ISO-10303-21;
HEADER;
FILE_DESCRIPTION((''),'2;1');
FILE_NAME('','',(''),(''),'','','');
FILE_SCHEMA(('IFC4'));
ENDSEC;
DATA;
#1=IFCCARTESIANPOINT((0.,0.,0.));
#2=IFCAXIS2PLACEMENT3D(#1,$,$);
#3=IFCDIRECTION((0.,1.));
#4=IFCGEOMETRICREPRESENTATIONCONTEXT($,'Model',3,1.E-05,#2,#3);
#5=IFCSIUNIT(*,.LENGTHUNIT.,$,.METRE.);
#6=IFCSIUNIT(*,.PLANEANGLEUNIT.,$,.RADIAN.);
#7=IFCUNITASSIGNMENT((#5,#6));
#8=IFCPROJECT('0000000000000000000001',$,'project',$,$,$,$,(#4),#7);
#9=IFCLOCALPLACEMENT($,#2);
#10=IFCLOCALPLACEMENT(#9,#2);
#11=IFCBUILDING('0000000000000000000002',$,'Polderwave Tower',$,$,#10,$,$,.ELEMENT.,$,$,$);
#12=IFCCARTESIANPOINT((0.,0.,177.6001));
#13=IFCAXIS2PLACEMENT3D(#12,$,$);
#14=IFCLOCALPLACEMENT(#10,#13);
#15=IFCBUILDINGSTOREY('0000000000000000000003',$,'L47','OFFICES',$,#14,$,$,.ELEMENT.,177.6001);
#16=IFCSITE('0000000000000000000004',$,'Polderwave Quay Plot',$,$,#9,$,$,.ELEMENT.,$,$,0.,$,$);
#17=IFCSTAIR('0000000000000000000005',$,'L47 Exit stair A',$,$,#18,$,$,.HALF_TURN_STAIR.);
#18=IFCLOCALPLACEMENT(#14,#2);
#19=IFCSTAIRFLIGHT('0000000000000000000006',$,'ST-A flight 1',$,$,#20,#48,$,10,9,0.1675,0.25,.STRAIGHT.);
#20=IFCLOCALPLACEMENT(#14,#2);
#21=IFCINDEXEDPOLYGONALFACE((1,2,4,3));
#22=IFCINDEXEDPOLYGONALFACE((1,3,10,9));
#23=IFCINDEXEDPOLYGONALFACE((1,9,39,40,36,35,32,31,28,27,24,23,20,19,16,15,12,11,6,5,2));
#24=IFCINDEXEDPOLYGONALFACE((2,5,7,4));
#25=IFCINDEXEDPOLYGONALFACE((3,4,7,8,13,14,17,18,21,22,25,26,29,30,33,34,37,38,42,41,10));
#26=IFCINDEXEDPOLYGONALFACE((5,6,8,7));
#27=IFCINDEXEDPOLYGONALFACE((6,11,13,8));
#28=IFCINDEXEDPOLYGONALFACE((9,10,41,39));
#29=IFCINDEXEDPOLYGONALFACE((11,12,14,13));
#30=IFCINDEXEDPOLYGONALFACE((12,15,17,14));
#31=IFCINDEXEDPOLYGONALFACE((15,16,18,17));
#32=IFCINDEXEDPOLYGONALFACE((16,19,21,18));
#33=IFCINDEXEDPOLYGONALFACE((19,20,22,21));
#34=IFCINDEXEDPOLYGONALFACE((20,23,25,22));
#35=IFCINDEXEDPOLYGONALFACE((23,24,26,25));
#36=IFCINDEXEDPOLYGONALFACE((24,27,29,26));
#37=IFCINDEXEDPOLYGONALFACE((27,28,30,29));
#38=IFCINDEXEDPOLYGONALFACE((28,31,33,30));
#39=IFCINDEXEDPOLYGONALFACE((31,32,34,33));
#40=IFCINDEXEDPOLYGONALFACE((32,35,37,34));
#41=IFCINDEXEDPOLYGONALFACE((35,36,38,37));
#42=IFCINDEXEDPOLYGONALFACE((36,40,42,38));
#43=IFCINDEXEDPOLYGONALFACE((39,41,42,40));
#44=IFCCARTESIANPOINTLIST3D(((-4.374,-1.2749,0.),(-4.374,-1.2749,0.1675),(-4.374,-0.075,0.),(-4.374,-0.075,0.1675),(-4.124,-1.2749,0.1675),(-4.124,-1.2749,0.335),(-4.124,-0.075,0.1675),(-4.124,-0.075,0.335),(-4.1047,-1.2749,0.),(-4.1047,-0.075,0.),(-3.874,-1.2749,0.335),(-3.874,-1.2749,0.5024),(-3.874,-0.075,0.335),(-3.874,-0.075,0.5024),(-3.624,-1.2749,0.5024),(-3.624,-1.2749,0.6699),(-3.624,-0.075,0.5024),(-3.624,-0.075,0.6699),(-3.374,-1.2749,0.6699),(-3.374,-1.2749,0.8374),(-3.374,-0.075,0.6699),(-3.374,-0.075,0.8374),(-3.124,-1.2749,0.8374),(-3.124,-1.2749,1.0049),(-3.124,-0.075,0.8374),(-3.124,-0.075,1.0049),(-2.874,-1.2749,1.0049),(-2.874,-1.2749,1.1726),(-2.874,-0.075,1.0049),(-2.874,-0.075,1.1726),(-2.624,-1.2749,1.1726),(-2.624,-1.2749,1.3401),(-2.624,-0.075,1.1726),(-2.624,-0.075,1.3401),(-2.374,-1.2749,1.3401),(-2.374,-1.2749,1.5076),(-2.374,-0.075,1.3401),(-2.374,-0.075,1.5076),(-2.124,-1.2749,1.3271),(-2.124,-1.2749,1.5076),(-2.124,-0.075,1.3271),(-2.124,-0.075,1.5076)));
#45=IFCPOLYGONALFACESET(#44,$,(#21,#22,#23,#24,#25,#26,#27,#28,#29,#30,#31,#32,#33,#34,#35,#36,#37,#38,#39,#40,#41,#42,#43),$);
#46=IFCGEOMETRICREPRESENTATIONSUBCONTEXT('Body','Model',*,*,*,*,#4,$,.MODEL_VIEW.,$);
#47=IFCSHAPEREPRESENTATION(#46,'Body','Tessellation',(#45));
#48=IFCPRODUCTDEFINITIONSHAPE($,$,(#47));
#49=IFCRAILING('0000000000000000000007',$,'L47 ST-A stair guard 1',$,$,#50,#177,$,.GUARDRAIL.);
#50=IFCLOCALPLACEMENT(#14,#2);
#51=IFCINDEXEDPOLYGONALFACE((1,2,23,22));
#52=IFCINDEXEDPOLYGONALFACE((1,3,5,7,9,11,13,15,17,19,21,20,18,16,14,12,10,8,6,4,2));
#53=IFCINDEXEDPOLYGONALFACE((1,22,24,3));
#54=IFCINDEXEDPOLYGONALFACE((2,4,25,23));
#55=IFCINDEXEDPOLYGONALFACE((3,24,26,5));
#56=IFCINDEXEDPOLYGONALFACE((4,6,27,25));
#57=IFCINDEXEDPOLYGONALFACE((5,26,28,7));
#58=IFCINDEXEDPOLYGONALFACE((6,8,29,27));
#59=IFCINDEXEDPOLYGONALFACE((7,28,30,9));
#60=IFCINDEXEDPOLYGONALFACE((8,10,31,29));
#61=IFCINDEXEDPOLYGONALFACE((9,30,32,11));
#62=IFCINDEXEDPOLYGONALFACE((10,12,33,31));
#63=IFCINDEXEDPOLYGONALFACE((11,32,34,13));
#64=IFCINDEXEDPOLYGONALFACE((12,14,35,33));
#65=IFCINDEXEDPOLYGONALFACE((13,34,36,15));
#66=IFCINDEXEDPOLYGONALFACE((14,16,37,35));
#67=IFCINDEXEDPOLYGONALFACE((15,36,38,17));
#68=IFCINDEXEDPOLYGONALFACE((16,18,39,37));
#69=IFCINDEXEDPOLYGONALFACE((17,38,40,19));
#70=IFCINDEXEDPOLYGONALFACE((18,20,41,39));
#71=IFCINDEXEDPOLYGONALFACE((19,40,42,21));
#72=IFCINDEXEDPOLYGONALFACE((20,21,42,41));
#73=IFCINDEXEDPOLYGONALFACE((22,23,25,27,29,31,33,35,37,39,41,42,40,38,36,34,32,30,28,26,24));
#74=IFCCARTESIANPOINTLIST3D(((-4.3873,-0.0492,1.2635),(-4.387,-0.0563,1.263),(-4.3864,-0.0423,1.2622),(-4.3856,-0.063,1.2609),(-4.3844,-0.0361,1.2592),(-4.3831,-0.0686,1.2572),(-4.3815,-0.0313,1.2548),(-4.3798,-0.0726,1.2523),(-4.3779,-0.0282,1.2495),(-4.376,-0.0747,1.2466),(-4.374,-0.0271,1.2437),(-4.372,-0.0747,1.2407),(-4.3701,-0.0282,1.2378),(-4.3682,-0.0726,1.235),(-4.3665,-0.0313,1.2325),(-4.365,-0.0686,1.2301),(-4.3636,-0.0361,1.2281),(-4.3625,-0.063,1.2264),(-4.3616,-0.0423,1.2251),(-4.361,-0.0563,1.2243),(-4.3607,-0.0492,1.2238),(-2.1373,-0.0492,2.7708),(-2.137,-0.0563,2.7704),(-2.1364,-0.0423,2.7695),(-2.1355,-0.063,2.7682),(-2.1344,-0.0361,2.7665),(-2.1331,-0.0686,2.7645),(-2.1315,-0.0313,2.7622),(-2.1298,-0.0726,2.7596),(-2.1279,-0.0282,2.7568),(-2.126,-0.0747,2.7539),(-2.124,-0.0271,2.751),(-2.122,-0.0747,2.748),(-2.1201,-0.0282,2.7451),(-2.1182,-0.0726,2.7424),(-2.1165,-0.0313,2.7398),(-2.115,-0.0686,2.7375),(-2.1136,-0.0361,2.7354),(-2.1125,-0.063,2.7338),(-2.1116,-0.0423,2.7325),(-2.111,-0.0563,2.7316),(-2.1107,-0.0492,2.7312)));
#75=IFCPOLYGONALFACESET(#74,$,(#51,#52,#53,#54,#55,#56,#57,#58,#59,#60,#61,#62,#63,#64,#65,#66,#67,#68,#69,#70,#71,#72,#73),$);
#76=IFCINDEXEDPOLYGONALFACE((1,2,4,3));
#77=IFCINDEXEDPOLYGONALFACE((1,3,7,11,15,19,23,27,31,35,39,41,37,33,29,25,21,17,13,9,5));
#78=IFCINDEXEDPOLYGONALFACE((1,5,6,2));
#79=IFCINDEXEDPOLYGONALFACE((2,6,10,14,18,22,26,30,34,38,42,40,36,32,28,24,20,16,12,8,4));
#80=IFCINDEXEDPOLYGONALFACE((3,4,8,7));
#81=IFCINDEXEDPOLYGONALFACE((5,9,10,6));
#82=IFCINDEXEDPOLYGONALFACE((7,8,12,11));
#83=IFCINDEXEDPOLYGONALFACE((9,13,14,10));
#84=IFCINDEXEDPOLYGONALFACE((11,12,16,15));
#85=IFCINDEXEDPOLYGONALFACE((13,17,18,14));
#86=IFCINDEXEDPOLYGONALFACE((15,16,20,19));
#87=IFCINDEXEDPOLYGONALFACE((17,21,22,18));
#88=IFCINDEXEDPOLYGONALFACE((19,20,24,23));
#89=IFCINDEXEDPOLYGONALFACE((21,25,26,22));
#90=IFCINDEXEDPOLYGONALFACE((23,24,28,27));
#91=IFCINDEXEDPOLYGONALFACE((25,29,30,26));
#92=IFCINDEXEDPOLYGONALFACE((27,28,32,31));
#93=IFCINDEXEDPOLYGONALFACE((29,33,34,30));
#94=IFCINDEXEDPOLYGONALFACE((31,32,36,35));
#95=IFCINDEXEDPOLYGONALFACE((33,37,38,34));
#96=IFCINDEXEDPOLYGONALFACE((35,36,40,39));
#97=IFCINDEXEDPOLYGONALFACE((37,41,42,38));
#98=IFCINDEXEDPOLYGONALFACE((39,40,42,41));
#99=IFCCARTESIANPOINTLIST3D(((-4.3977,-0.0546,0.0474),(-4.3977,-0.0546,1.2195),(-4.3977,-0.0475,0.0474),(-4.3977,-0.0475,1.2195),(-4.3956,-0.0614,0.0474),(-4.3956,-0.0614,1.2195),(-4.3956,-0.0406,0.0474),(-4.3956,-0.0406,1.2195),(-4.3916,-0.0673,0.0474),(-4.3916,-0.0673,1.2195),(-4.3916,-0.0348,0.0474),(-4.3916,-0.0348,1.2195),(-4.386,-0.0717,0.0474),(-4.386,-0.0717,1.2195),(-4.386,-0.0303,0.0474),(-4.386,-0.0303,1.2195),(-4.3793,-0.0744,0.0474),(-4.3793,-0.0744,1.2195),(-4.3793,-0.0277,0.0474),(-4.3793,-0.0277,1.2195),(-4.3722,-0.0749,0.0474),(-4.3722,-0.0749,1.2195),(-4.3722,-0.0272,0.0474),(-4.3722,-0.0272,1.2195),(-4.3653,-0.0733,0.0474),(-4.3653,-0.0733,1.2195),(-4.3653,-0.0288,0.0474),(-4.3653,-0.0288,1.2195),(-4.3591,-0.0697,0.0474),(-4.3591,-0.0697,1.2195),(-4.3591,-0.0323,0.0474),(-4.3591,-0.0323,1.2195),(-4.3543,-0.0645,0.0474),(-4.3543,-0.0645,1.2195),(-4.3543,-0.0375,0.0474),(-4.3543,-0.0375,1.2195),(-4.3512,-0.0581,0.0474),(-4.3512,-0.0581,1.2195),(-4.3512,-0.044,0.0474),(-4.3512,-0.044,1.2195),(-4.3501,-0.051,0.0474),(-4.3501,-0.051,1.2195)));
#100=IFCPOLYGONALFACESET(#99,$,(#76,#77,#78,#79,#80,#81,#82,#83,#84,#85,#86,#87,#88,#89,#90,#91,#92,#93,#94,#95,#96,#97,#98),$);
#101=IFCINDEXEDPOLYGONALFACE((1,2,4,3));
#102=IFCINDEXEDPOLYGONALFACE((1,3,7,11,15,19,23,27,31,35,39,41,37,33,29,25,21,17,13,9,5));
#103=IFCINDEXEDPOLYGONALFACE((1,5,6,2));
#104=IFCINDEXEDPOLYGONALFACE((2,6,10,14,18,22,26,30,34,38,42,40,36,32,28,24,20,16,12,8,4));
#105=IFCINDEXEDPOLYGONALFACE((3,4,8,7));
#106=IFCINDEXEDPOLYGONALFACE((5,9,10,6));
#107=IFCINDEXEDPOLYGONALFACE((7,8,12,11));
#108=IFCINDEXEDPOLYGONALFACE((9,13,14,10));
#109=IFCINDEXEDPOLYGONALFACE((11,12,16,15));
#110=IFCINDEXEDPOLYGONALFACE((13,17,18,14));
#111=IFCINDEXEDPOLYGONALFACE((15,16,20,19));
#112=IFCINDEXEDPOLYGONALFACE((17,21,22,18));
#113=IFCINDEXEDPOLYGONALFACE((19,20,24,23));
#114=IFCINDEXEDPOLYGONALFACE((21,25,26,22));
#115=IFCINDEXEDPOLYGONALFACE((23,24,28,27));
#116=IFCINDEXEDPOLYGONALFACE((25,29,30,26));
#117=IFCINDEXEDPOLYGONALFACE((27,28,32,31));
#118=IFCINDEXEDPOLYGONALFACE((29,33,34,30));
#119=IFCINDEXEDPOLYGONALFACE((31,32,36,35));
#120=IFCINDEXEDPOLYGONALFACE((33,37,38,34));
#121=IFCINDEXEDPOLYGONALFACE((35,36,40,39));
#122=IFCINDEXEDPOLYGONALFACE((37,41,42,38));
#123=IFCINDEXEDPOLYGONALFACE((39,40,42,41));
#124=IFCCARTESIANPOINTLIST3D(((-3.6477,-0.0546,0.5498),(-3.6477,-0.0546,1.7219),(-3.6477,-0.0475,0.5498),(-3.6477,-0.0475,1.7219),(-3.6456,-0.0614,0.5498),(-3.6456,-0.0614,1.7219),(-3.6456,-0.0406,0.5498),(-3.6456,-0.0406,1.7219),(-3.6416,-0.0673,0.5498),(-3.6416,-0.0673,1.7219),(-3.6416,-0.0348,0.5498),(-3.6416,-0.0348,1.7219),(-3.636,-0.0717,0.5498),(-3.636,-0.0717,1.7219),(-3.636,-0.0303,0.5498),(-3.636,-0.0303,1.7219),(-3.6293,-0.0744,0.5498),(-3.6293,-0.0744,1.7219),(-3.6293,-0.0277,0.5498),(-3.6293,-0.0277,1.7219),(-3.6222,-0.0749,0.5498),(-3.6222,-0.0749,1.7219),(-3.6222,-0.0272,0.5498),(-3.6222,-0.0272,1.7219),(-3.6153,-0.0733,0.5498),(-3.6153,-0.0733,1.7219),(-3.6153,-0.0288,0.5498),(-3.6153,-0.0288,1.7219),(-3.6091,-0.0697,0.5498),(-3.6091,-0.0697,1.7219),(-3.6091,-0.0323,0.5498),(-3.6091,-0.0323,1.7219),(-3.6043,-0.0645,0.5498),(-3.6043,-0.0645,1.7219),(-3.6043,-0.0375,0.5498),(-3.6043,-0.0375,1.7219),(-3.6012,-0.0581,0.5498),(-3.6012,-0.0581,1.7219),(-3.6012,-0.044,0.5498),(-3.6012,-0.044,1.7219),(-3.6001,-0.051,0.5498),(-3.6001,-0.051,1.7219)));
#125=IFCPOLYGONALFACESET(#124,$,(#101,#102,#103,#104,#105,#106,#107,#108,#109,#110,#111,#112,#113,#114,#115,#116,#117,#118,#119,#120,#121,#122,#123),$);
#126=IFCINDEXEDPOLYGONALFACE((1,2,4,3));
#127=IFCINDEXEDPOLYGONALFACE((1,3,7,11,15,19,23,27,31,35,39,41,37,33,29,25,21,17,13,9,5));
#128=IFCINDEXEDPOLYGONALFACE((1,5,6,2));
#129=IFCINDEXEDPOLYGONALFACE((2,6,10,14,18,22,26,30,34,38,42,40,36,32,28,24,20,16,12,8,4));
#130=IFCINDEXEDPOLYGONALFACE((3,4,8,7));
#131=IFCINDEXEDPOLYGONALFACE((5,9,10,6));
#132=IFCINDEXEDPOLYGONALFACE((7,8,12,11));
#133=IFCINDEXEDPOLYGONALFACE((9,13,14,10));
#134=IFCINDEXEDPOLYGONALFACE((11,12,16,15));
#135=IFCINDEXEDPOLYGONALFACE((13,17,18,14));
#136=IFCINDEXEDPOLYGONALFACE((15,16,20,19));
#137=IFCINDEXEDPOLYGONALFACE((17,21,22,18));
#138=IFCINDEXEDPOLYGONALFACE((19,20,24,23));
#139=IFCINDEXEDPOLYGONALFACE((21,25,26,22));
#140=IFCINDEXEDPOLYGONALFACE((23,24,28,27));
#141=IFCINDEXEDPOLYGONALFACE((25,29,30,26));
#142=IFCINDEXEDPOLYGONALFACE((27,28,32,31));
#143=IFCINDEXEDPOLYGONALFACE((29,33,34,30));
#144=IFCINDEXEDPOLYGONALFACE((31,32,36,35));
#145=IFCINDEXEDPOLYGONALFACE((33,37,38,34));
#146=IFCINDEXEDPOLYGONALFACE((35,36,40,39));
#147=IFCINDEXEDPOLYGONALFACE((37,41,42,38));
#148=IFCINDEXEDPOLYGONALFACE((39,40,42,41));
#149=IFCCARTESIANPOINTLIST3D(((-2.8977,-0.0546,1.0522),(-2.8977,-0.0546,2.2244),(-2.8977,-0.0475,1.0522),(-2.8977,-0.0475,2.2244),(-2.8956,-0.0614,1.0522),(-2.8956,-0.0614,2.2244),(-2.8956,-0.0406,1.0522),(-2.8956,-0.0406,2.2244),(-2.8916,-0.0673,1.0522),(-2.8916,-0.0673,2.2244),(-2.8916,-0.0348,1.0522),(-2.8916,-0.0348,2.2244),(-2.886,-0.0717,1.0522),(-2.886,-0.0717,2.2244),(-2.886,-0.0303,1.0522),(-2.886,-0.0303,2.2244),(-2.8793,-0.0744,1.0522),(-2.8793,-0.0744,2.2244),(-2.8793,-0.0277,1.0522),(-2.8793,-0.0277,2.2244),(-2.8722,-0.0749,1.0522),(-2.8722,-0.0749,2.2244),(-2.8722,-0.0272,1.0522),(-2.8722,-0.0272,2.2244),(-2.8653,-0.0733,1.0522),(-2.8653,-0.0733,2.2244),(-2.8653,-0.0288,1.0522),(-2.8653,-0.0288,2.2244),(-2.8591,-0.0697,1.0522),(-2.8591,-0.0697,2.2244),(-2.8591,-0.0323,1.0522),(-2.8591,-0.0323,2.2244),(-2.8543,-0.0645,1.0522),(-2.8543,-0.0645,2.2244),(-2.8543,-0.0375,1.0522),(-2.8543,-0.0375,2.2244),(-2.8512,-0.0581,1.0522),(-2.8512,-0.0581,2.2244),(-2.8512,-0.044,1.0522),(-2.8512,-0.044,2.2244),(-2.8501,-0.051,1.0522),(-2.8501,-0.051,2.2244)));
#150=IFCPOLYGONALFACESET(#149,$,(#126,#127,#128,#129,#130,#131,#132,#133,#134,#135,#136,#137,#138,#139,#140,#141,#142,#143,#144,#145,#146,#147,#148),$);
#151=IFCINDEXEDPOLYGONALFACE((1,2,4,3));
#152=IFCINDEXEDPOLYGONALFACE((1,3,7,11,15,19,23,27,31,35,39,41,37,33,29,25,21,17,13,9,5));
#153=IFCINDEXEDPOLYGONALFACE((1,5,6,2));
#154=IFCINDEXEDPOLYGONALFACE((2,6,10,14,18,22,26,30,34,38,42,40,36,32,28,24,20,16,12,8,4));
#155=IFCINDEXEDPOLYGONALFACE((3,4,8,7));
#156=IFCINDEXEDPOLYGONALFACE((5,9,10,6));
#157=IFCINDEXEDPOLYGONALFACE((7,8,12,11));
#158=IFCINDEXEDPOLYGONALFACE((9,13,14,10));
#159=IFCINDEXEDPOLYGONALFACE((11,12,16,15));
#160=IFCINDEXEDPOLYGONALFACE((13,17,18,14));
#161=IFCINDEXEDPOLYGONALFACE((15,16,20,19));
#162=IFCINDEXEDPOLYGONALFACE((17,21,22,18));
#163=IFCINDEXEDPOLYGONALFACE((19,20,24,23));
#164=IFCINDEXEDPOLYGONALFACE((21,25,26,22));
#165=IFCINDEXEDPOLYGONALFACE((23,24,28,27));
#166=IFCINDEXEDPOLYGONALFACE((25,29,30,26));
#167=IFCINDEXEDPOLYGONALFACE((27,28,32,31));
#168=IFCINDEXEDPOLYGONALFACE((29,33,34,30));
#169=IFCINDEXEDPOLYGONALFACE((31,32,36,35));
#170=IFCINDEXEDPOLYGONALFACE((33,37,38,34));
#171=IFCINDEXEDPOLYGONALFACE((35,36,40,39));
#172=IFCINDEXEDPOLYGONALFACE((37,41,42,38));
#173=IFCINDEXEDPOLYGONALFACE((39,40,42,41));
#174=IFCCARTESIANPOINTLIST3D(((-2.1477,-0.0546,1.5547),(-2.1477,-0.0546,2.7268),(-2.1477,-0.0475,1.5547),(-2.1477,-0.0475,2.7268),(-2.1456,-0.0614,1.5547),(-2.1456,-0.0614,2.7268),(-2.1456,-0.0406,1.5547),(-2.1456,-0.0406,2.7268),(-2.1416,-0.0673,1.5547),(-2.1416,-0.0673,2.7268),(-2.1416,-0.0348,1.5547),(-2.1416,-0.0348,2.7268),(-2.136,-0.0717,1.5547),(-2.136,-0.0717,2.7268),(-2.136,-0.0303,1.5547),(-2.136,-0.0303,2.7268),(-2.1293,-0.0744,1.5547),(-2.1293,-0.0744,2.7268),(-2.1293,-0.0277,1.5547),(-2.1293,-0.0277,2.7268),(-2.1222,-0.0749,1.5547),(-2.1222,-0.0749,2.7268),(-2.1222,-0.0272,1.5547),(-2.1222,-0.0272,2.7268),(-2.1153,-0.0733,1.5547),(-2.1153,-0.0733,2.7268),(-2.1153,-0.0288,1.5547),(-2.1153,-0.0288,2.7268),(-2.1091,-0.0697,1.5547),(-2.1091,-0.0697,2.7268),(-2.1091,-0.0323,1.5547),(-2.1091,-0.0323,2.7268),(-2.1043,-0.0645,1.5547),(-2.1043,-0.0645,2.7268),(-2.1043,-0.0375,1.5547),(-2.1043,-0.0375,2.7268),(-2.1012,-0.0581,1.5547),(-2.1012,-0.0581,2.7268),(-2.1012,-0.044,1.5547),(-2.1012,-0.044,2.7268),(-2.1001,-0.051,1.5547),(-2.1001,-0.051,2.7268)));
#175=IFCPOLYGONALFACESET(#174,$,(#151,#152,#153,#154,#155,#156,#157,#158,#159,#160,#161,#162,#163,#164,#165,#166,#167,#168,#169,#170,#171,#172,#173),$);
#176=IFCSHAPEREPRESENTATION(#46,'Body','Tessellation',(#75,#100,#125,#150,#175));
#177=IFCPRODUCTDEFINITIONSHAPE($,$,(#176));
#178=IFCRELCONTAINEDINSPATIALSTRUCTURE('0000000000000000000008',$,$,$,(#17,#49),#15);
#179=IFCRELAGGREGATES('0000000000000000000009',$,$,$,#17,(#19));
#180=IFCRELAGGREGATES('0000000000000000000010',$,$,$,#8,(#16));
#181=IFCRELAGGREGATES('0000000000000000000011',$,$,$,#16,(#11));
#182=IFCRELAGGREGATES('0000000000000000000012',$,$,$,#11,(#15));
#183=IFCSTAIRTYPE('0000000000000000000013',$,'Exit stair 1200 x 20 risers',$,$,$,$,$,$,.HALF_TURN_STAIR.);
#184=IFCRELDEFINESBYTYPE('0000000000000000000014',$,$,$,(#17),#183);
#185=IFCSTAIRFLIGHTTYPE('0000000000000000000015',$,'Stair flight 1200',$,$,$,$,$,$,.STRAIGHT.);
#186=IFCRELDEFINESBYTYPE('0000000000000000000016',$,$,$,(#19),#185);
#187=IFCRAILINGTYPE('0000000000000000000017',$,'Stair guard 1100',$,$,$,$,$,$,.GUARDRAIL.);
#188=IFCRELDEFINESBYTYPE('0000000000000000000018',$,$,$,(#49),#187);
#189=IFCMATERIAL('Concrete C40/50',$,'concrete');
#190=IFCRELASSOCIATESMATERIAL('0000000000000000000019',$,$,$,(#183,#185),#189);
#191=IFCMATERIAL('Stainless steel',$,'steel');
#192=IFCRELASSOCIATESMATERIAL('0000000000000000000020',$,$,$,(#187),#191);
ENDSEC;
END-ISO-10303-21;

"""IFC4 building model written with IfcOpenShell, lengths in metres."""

from ifc_helpers import new_model, si_unit, direction, frame, origin, origin_2d, place, context, subcontext, project, spatial, polyline, circle, outline, extrude, material, type_object, element, aggregate, save


model = new_model("IFC4")

# Units and contexts
model_context = context("Model", 3, precision=1e-05, world=origin(), true_north=direction((0.0, 1.0)))
body_context = subcontext(model_context, "Body", "Model", "MODEL_VIEW")
ifc_project = project(units=[si_unit("LENGTHUNIT", "METRE"), si_unit("PLANEANGLEUNIT", "RADIAN")], contexts=[model_context])

# Site, building, storey
site_placement = place(None, origin())
site = spatial("IfcSite", under=ifc_project, at=site_placement, Name="Polderwave Quay Plot", CompositionType="ELEMENT", RefElevation=0.0)
building_placement = place(site_placement, origin())
building = spatial("IfcBuilding", under=site, at=building_placement, Name="Polderwave Tower", CompositionType="ELEMENT")
storey_placement = place(building_placement, frame((0.0, 0.0, 177.6001)))
storey = spatial("IfcBuildingStorey", under=building, at=storey_placement, Name="L47", Description="OFFICES", CompositionType="ELEMENT", Elevation=177.6001)

# Shared definitions
ifc_material_1 = material(Name="Concrete C40/50", Category="concrete")

# Stair, stair flight
stair_type = type_object("IfcStairType", Name="Exit stair 1200 x 20 risers", PredefinedType="HALF_TURN_STAIR", material=ifc_material_1)
stair_placement = place(storey_placement, origin())
stair = element("IfcStair", 1, at=stair_placement, inside=storey, type_object=stair_type, Name="L47 Exit stair A", PredefinedType="HALF_TURN_STAIR")
stair_flight_type = type_object("IfcStairFlightType", Name="Stair flight 1200", PredefinedType="STRAIGHT", material=ifc_material_1)
stair_flight_placement = place(storey_placement, frame((-4.374, -0.675, 0.0), z_axis=(0.0, 0.0, 1.0), x_axis=(1.0, 0.0, 0.0)))
stair_flight = element("IfcStairFlight", 2, at=stair_flight_placement, type_object=stair_flight_type, Name="ST-A flight 1", NumberOfRisers=10, NumberOfTreads=9, PredefinedType="STRAIGHT", RiserHeight=0.1675, TreadLength=0.25, context=body_context, shape_type="SweptSolid", body=[
    extrude(outline(polyline([(0.0, 0.0), (0.0, 0.1675), (0.25, 0.1675), (0.25, 0.335), (0.5, 0.335), (0.5, 0.5024), (0.75, 0.5024), (0.75, 0.6699), (1.0, 0.6699), (1.0, 0.8374), (1.25, 0.8374), (1.25, 1.0049), (1.5, 1.0049), (1.5, 1.1726), (1.75, 1.1726), (1.75, 1.3401), (2.0, 1.3401), (2.0, 1.5076), (2.25, 1.5076), (2.25, 1.675), (2.25, 1.3271), (0.2693, 0.0), (0.0, 0.0)])), frame((0.0, 0.6001, 0.0), z_axis=(0.0, -1.0, 0.0), x_axis=(1.0, 0.0, 0.0)), (0.0, 0.0, 1.0), 1.2),
])
aggregate(stair, [stair_flight])

# Railing
ifc_material_2 = material(Name="Stainless steel", Category="steel")
railing_type = type_object("IfcRailingType", Name="Stair guard 1100", PredefinedType="GUARDRAIL", material=ifc_material_2)
railing_1_placement = place(storey_placement, frame((-4.374, -0.051, 0.0474)))
element("IfcRailing", 3, at=railing_1_placement, inside=storey, type_object=railing_type, Name="L47 ST-A stair guard 1", PredefinedType="GUARDRAIL", context=body_context, shape_type="SweptSolid", body=[
    extrude(circle(Radius=0.0239, at=origin_2d()), frame((0.0, 0.0, 1.1963), z_axis=(0.8308, 0.0, 0.556571), x_axis=(0.0, 1.0, 0.0)), (0.0, 0.0, 1.0), 2.7083),
    extrude(circle(Radius=0.0239, at=origin_2d()), origin(), (0.0, 0.0, 1.0), 1.1721),
    extrude(circle(Radius=0.0239, at=origin_2d()), frame((0.75, 0.0, 0.5024)), (0.0, 0.0, 1.0), 1.1721),
    extrude(circle(Radius=0.0239, at=origin_2d()), frame((1.5, 0.0, 1.0049)), (0.0, 0.0, 1.0), 1.1721),
    extrude(circle(Radius=0.0239, at=origin_2d()), frame((2.25, 0.0, 1.5073)), (0.0, 0.0, 1.0), 1.1721),
])

save(model, "model.ifc")
